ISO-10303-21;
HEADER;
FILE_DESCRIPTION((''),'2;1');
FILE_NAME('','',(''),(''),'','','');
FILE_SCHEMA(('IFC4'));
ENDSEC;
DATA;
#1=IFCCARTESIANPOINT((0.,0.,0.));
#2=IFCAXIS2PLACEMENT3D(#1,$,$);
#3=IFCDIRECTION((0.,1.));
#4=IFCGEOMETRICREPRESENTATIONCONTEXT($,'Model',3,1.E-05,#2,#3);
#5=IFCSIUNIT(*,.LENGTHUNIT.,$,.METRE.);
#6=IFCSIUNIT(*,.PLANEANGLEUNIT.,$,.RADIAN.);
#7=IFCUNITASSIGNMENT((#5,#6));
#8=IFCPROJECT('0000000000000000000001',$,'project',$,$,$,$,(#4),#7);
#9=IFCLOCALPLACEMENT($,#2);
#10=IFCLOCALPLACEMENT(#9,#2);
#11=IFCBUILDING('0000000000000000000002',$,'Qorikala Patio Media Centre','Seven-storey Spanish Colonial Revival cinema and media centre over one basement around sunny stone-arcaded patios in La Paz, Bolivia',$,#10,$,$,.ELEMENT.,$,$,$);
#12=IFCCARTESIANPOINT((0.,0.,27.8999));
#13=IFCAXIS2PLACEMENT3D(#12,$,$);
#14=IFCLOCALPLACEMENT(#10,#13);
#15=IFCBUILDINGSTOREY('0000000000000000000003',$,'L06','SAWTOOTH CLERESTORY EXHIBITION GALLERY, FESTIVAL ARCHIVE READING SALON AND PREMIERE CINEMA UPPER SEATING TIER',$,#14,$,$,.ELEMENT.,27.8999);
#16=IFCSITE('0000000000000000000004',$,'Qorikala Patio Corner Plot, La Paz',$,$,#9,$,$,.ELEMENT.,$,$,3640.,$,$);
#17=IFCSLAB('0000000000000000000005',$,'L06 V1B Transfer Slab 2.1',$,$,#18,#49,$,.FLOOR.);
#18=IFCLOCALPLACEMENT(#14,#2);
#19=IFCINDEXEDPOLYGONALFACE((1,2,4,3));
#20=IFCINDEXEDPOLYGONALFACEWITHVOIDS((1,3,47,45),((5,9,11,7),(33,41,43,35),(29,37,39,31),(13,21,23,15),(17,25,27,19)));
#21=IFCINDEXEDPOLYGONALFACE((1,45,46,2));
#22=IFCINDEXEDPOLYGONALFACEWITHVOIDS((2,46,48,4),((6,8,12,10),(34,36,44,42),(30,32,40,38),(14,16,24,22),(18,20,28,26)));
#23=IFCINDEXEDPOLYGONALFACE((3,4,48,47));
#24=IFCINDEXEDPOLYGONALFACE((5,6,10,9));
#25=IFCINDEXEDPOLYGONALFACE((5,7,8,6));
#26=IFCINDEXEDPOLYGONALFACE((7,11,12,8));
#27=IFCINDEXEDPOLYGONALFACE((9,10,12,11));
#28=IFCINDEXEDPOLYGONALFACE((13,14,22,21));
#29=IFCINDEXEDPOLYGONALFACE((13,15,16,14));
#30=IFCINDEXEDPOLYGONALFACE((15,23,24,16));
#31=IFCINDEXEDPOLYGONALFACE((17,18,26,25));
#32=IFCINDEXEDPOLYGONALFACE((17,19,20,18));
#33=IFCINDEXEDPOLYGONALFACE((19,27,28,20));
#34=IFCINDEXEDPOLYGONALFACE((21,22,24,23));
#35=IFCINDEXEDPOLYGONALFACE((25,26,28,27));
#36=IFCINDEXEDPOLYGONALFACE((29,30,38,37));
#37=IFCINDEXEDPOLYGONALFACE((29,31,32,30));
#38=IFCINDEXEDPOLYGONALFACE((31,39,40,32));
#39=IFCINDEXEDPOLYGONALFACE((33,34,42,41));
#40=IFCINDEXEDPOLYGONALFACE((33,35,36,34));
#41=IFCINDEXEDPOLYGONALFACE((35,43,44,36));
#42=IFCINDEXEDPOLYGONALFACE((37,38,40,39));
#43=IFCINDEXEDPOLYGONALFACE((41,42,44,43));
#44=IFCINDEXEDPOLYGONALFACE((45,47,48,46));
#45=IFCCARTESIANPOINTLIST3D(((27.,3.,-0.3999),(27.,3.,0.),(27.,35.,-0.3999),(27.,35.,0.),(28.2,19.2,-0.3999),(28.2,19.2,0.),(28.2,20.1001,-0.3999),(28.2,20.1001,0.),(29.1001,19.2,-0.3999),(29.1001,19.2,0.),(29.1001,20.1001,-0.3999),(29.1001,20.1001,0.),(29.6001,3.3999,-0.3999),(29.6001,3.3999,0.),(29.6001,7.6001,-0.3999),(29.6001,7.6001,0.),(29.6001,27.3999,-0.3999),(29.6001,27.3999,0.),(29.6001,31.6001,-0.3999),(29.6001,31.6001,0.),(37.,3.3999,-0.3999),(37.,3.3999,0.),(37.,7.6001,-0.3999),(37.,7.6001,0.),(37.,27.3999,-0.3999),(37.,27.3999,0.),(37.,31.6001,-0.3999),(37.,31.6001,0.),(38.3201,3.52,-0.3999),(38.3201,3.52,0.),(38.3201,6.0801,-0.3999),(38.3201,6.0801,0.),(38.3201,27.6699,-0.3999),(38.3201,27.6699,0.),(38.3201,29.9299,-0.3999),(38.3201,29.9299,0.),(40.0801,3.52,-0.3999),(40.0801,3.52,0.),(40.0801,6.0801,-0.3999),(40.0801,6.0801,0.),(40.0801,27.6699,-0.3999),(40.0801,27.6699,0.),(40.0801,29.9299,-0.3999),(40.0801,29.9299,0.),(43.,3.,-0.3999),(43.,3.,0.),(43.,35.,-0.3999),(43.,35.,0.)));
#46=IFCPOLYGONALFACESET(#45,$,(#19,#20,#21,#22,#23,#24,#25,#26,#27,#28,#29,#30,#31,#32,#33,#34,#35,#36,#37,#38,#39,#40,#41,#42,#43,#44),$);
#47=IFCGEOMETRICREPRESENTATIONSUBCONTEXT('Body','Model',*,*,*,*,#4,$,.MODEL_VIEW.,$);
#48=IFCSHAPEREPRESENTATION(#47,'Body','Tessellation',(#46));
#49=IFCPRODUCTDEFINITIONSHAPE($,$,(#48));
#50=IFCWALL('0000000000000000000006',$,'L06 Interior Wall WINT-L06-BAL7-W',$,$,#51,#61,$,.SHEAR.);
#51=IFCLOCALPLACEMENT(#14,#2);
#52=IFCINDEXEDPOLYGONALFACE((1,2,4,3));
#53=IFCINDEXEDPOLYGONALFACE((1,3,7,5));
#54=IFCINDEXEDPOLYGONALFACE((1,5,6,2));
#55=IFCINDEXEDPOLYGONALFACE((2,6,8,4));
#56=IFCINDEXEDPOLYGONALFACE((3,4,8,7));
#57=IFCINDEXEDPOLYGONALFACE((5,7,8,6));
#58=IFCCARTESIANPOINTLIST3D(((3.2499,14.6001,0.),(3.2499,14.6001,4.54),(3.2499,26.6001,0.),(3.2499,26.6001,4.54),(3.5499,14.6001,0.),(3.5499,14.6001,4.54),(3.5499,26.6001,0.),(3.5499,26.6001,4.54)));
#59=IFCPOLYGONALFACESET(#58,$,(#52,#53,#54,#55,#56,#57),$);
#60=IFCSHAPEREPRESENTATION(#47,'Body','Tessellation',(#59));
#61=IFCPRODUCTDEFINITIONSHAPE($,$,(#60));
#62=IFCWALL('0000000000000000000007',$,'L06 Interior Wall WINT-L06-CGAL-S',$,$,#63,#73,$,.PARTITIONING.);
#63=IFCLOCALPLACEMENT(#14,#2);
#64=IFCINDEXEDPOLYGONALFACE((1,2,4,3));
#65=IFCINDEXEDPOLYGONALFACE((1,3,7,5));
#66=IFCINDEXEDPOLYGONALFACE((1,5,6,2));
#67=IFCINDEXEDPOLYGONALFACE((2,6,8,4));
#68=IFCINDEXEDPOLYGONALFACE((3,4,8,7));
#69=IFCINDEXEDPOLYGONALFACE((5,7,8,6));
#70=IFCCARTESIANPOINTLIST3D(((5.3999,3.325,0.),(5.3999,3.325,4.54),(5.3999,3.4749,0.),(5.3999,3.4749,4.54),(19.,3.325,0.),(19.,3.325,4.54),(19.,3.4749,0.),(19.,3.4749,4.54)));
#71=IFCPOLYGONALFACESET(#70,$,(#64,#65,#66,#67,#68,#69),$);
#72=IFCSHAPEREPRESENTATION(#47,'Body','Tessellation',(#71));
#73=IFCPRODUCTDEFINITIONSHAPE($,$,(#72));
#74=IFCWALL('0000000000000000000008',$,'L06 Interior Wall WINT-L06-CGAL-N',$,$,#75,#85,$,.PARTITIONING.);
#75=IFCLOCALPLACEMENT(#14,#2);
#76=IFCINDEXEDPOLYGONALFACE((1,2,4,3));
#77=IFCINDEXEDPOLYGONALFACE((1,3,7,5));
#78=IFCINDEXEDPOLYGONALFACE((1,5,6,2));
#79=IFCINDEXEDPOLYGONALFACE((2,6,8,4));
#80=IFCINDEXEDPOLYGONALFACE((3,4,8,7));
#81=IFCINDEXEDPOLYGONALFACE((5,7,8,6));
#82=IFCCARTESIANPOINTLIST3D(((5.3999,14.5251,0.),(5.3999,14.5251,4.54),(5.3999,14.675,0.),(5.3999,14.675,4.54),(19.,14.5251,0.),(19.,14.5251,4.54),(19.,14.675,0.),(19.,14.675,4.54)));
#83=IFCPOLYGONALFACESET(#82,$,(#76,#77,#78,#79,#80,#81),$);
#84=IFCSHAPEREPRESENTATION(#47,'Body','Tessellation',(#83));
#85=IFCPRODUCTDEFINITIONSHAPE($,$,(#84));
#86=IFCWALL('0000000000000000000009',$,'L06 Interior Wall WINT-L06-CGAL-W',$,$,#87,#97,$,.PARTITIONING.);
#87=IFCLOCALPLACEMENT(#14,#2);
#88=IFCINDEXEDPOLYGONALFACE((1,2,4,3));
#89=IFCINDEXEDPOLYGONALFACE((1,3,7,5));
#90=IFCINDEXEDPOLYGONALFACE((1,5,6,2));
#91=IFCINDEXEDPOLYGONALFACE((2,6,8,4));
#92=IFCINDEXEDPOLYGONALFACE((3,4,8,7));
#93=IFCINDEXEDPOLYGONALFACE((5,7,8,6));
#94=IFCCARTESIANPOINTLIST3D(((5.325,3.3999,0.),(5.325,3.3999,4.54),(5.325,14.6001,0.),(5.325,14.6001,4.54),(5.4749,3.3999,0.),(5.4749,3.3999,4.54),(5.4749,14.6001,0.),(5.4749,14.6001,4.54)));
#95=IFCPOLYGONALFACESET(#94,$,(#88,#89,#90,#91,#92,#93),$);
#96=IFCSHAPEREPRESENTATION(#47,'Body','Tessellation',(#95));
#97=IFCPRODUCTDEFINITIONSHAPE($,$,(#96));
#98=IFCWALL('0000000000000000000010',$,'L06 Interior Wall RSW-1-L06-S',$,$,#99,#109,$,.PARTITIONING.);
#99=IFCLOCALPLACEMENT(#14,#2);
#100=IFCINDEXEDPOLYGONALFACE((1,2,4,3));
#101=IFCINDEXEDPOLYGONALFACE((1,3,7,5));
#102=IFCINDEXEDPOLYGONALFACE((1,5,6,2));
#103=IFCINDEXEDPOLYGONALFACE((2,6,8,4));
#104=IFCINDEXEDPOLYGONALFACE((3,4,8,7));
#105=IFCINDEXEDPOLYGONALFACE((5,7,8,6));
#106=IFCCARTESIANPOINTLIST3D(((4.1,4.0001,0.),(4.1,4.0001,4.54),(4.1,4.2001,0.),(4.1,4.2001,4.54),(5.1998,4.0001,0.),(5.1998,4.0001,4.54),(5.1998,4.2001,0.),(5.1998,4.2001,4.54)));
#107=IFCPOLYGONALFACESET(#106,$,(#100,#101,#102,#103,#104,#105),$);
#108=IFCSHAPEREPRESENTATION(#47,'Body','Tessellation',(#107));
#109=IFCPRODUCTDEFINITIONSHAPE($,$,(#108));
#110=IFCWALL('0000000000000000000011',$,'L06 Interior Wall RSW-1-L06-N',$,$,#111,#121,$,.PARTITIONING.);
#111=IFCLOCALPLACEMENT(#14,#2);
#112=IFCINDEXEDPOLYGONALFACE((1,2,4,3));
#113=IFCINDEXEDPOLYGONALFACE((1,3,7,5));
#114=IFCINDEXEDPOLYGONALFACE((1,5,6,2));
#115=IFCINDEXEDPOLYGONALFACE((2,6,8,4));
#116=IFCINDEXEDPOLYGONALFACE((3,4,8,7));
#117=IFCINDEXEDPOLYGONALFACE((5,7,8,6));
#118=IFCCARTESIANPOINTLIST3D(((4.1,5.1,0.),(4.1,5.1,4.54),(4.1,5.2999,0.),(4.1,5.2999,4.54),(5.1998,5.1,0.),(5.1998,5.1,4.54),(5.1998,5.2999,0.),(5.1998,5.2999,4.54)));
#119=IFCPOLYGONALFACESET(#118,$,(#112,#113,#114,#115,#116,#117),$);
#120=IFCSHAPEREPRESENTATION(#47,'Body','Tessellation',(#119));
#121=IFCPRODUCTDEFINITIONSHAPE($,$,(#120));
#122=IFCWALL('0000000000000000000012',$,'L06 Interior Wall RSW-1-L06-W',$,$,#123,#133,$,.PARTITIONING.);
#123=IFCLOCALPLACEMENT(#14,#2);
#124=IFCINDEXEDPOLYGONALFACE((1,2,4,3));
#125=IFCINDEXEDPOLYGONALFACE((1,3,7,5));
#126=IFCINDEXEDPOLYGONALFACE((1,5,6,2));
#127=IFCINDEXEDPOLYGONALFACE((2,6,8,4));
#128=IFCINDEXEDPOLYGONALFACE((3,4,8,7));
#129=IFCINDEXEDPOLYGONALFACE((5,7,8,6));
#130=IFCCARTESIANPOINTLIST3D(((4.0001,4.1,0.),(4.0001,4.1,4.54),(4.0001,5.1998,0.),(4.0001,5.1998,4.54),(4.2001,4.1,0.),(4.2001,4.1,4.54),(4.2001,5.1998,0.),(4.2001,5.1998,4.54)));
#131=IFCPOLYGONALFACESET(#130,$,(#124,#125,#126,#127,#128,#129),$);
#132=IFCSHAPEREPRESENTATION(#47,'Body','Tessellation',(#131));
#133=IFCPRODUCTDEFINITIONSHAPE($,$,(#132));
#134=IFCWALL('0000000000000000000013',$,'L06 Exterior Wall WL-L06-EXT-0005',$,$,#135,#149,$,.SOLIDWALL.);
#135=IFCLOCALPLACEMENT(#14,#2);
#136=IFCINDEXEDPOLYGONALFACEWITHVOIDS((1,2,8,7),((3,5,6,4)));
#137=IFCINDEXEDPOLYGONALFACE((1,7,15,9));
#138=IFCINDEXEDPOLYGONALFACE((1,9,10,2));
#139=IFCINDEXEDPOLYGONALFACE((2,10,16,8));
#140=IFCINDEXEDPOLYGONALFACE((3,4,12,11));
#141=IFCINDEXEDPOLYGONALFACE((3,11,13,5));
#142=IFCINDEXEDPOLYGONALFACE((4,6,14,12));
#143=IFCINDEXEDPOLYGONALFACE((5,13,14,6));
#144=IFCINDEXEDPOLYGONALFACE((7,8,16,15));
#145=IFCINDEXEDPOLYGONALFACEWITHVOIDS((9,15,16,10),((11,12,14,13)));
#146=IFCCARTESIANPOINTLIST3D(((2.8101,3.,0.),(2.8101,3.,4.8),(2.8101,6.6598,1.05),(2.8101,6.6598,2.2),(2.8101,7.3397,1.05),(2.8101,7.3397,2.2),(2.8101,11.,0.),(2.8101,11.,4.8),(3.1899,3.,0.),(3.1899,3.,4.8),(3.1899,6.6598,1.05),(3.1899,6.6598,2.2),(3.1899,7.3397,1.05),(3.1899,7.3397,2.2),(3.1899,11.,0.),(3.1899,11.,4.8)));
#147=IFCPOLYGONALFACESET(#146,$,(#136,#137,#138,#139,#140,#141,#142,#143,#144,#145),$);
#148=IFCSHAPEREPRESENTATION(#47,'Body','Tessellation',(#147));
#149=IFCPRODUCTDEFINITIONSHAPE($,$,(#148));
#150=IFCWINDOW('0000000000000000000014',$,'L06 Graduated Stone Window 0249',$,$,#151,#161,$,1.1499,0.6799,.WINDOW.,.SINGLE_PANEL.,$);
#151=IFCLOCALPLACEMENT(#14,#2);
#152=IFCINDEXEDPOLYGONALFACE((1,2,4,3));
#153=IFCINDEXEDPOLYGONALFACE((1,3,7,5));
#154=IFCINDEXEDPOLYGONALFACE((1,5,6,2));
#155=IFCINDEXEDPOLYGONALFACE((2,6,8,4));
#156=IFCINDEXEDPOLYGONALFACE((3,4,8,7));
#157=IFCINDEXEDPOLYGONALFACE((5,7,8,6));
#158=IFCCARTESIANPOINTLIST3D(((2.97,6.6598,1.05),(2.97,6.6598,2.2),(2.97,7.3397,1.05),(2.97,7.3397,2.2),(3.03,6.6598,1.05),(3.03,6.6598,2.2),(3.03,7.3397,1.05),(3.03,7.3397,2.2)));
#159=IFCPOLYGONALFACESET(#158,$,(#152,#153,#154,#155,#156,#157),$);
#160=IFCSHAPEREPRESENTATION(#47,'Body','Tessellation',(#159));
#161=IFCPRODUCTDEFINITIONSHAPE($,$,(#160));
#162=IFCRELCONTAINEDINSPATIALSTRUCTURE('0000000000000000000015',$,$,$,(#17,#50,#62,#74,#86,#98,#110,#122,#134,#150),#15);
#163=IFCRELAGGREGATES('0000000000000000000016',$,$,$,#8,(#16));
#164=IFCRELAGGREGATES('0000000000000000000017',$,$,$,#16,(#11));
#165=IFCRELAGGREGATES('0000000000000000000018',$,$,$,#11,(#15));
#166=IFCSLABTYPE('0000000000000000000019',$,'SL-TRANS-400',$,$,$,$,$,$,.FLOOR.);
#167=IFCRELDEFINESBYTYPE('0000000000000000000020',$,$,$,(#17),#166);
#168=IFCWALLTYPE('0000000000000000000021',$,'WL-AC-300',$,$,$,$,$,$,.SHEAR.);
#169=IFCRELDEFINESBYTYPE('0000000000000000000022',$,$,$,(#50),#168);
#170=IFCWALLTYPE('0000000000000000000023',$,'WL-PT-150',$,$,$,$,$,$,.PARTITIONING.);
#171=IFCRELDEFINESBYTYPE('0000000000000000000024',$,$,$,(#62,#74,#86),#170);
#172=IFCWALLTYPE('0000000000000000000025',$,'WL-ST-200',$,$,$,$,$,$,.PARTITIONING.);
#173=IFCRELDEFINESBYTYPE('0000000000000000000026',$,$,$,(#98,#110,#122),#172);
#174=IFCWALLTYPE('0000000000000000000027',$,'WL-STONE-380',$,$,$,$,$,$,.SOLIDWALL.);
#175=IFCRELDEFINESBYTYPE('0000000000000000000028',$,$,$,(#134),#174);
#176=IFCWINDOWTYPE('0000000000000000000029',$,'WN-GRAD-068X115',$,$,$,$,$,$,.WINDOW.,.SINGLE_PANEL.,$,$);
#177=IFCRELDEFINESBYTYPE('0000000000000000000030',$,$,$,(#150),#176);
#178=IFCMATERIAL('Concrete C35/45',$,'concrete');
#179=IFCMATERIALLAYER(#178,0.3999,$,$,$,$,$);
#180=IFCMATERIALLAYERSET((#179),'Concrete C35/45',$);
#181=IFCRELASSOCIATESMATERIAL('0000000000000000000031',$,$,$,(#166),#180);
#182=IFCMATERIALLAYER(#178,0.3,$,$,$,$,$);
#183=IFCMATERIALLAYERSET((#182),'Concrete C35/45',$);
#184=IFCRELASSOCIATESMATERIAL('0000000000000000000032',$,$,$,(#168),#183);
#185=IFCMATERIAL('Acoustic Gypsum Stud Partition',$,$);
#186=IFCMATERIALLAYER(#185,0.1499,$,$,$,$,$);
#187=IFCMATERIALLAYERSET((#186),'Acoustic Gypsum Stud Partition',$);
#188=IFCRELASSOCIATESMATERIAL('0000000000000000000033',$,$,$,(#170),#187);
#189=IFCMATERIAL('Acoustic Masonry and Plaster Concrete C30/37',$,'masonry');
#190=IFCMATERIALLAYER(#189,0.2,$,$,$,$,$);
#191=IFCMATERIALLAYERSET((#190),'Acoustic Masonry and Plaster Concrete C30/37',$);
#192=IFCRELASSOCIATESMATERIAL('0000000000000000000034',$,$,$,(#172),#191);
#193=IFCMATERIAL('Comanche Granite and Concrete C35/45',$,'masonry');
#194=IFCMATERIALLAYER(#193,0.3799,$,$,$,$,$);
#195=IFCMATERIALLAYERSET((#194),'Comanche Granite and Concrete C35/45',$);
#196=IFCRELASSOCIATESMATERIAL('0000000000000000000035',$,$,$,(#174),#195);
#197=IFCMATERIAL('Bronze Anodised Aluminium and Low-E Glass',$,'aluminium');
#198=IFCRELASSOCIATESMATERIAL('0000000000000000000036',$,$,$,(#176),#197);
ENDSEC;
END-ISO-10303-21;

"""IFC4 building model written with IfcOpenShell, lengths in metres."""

from ifc_helpers import new_model, si_unit, direction, frame, frame_2d, origin, place, context, subcontext, project, spatial, polyline, rectangle, outline, extrude, material, layer, layer_set, type_object, element, fill, save


model = new_model("IFC4")

# Units and contexts
model_context = context("Model", 3, precision=1e-05, world=origin(), true_north=direction((0.0, 1.0)))
body_context = subcontext(model_context, "Body", "Model", "MODEL_VIEW")
ifc_project = project(units=[si_unit("LENGTHUNIT", "METRE"), si_unit("PLANEANGLEUNIT", "RADIAN")], contexts=[model_context])

# Site, building, storey
site_placement = place(None, origin())
site = spatial("IfcSite", under=ifc_project, at=site_placement, Name="Qorikala Patio Corner Plot, La Paz", CompositionType="ELEMENT", RefElevation=3640.0)
building_placement = place(site_placement, origin())
building = spatial("IfcBuilding", under=site, at=building_placement, Name="Qorikala Patio Media Centre", Description="Seven-storey Spanish Colonial Revival cinema and media centre over one basement around sunny stone-arcaded patios in La Paz, Bolivia", CompositionType="ELEMENT")
storey_placement = place(building_placement, frame((0.0, 0.0, 27.8999)))
storey = spatial("IfcBuildingStorey", under=building, at=storey_placement, Name="L06", Description="SAWTOOTH CLERESTORY EXHIBITION GALLERY, FESTIVAL ARCHIVE READING SALON AND PREMIERE CINEMA UPPER SEATING TIER", CompositionType="ELEMENT", Elevation=27.8999)

# Shared definitions
ifc_material_1 = material(Name="Concrete C35/45", Category="concrete")

# Slab
ifc_layer_1 = layer(ifc_material_1, 0.3999)
ifc_layer_set_1 = layer_set([ifc_layer_1], Name="Concrete C35/45")
slab_type_1 = type_object("IfcSlabType", Name="SL-TRANS-400", PredefinedType="FLOOR", material=ifc_layer_set_1)
slab_1_placement = place(storey_placement, frame((0.0, 0.0, -0.3999)))
element("IfcSlab", 1, at=slab_1_placement, inside=storey, type_object=slab_type_1, Name="L06 V1B Transfer Slab 2.1", PredefinedType="FLOOR", context=body_context, shape_type="SweptSolid", body=[
    extrude(outline(polyline([(43.0, 3.0), (27.0, 3.0), (27.0, 35.0), (43.0, 35.0), (43.0, 3.0)]), holes=[polyline([(40.0801, 6.0801), (38.3201, 6.0801), (38.3201, 3.52), (40.0801, 3.52), (40.0801, 6.0801)]), polyline([(37.0, 7.6001), (29.6001, 7.6001), (29.6001, 3.3999), (37.0, 3.3999), (37.0, 7.6001)]), polyline([(29.1001, 19.2), (29.1001, 20.1001), (28.2, 20.1001), (28.2, 19.2), (29.1001, 19.2)]), polyline([(40.0801, 29.9299), (38.3201, 29.9299), (38.3201, 27.6699), (40.0801, 27.6699), (40.0801, 29.9299)]), polyline([(37.0, 27.3999), (37.0, 31.6001), (29.6001, 31.6001), (29.6001, 27.3999), (37.0, 27.3999)])]), origin(), (0.0, 0.0, 1.0), 0.3999),
])

# Walls
ifc_layer_2 = layer(ifc_material_1, 0.3)
ifc_layer_set_2 = layer_set([ifc_layer_2], Name="Concrete C35/45")
wall_type_1 = type_object("IfcWallType", Name="WL-AC-300", PredefinedType="SHEAR", material=ifc_layer_set_2)
wall_1_placement = place(storey_placement, frame((3.3999, 14.6001, 0.0), z_axis=(0.0, 0.0, 1.0), x_axis=(0.0, 1.0, 0.0)))
element("IfcWall", 2, at=wall_1_placement, inside=storey, type_object=wall_type_1, Name="L06 Interior Wall WINT-L06-BAL7-W", PredefinedType="SHEAR", context=body_context, shape_type="SweptSolid", body=[
    extrude(rectangle(XDim=12.0, YDim=0.3, at=frame_2d((6.0, 0.0))), origin(), (0.0, 0.0, 1.0), 4.54),
])
ifc_material_2 = material(Name="Acoustic Gypsum Stud Partition")
ifc_layer_3 = layer(ifc_material_2, 0.1499)
ifc_layer_set_3 = layer_set([ifc_layer_3], Name="Acoustic Gypsum Stud Partition")
wall_type_2 = type_object("IfcWallType", Name="WL-PT-150", PredefinedType="PARTITIONING", material=ifc_layer_set_3)
for number, where, z_axis, x_axis, name in (
    (3, (5.3999, 3.3999, 0.0), (0.0, 0.0, 1.0), (1.0, 0.0, 0.0), "L06 Interior Wall WINT-L06-CGAL-S"),
    (4, (5.3999, 14.6001, 0.0), (0.0, 0.0, 1.0), (1.0, 0.0, 0.0), "L06 Interior Wall WINT-L06-CGAL-N"),
):
    element("IfcWall", number, at=place(storey_placement, frame(where, z_axis=z_axis, x_axis=x_axis)), inside=storey, type_object=wall_type_2, Name=name, PredefinedType="PARTITIONING", context=body_context, shape_type="SweptSolid", body=[
        extrude(rectangle(XDim=13.6001, YDim=0.1499, at=frame_2d((6.8, 0.0))), origin(), (0.0, 0.0, 1.0), 4.54),
    ])
wall_2_placement = place(storey_placement, frame((5.3999, 3.3999, 0.0), z_axis=(0.0, 0.0, 1.0), x_axis=(0.0, 1.0, 0.0)))
element("IfcWall", 5, at=wall_2_placement, inside=storey, type_object=wall_type_2, Name="L06 Interior Wall WINT-L06-CGAL-W", PredefinedType="PARTITIONING", context=body_context, shape_type="SweptSolid", body=[
    extrude(rectangle(XDim=11.2002, YDim=0.1499, at=frame_2d((5.6001, 0.0))), origin(), (0.0, 0.0, 1.0), 4.54),
])
ifc_material_3 = material(Name="Acoustic Masonry and Plaster Concrete C30/37", Category="masonry")
ifc_layer_4 = layer(ifc_material_3, 0.2)
ifc_layer_set_4 = layer_set([ifc_layer_4], Name="Acoustic Masonry and Plaster Concrete C30/37")
wall_type_3 = type_object("IfcWallType", Name="WL-ST-200", PredefinedType="PARTITIONING", material=ifc_layer_set_4)
for number, where, z_axis, x_axis, name in (
    (6, (4.1001, 4.1001, 0.0), (0.0, 0.0, 1.0), (1.0, 0.0, 0.0), "L06 Interior Wall RSW-1-L06-S"),
    (7, (4.1001, 5.2, 0.0), (0.0, 0.0, 1.0), (1.0, 0.0, 0.0), "L06 Interior Wall RSW-1-L06-N"),
    (8, (4.1001, 4.1001, 0.0), (0.0, 0.0, 1.0), (0.0, 1.0, 0.0), "L06 Interior Wall RSW-1-L06-W"),
):
    element("IfcWall", number, at=place(storey_placement, frame(where, z_axis=z_axis, x_axis=x_axis)), inside=storey, type_object=wall_type_3, Name=name, PredefinedType="PARTITIONING", context=body_context, shape_type="SweptSolid", body=[
        extrude(rectangle(XDim=1.0999, YDim=0.2, at=frame_2d((0.5498, 0.0))), origin(), (0.0, 0.0, 1.0), 4.54),
    ])

# Wall, opening, window
ifc_material_4 = material(Name="Comanche Granite and Concrete C35/45", Category="masonry")
ifc_layer_5 = layer(ifc_material_4, 0.3799)
ifc_layer_set_5 = layer_set([ifc_layer_5], Name="Comanche Granite and Concrete C35/45")
wall_type_4 = type_object("IfcWallType", Name="WL-STONE-380", PredefinedType="SOLIDWALL", material=ifc_layer_set_5)
wall_3_placement = place(storey_placement, frame((3.0, 3.0, 0.0), z_axis=(0.0, 0.0, 1.0), x_axis=(0.0, 1.0, 0.0)))
wall_3 = element("IfcWall", 9, at=wall_3_placement, inside=storey, type_object=wall_type_4, Name="L06 Exterior Wall WL-L06-EXT-0005", PredefinedType="SOLIDWALL", context=body_context, shape_type="SweptSolid", body=[
    extrude(rectangle(XDim=8.0, YDim=0.3799, at=frame_2d((4.0, 0.0))), origin(), (0.0, 0.0, 1.0), 4.8),
])
opening_1_placement = place(wall_3_placement, frame((3.6599, 0.0, 1.05)))
opening_1 = element("IfcOpeningElement", 10, at=opening_1_placement, cuts=wall_3, PredefinedType="OPENING", context=body_context, shape_type="SweptSolid", body=[
    extrude(rectangle(XDim=0.6799, YDim=1.1499, at=frame_2d((0.3398, 0.575))), frame((0.0, 0.2, 0.0), z_axis=(0.0, -1.0, 0.0), x_axis=(1.0, 0.0, 0.0)), (0.0, 0.0, 1.0), 0.3999),
])
ifc_material_5 = material(Name="Bronze Anodised Aluminium and Low-E Glass", Category="aluminium")
window_type_1 = type_object("IfcWindowType", Name="WN-GRAD-068X115", PartitioningType="SINGLE_PANEL", PredefinedType="WINDOW", material=ifc_material_5)
window_1_placement = place(opening_1_placement, origin())
window_1 = element("IfcWindow", 11, at=window_1_placement, inside=storey, type_object=window_type_1, Name="L06 Graduated Stone Window 0249", OverallHeight=1.1499, OverallWidth=0.6799, PartitioningType="SINGLE_PANEL", PredefinedType="WINDOW", context=body_context, shape_type="SweptSolid", body=[
    extrude(rectangle(XDim=0.6799, YDim=1.1499, at=frame_2d((0.3398, 0.575))), frame((0.0, 0.03, 0.0), z_axis=(0.0, -1.0, 0.0), x_axis=(1.0, 0.0, 0.0)), (0.0, 0.0, 1.0), 0.0601),
])
fill(opening_1, window_1)

save(model, "model.ifc")
